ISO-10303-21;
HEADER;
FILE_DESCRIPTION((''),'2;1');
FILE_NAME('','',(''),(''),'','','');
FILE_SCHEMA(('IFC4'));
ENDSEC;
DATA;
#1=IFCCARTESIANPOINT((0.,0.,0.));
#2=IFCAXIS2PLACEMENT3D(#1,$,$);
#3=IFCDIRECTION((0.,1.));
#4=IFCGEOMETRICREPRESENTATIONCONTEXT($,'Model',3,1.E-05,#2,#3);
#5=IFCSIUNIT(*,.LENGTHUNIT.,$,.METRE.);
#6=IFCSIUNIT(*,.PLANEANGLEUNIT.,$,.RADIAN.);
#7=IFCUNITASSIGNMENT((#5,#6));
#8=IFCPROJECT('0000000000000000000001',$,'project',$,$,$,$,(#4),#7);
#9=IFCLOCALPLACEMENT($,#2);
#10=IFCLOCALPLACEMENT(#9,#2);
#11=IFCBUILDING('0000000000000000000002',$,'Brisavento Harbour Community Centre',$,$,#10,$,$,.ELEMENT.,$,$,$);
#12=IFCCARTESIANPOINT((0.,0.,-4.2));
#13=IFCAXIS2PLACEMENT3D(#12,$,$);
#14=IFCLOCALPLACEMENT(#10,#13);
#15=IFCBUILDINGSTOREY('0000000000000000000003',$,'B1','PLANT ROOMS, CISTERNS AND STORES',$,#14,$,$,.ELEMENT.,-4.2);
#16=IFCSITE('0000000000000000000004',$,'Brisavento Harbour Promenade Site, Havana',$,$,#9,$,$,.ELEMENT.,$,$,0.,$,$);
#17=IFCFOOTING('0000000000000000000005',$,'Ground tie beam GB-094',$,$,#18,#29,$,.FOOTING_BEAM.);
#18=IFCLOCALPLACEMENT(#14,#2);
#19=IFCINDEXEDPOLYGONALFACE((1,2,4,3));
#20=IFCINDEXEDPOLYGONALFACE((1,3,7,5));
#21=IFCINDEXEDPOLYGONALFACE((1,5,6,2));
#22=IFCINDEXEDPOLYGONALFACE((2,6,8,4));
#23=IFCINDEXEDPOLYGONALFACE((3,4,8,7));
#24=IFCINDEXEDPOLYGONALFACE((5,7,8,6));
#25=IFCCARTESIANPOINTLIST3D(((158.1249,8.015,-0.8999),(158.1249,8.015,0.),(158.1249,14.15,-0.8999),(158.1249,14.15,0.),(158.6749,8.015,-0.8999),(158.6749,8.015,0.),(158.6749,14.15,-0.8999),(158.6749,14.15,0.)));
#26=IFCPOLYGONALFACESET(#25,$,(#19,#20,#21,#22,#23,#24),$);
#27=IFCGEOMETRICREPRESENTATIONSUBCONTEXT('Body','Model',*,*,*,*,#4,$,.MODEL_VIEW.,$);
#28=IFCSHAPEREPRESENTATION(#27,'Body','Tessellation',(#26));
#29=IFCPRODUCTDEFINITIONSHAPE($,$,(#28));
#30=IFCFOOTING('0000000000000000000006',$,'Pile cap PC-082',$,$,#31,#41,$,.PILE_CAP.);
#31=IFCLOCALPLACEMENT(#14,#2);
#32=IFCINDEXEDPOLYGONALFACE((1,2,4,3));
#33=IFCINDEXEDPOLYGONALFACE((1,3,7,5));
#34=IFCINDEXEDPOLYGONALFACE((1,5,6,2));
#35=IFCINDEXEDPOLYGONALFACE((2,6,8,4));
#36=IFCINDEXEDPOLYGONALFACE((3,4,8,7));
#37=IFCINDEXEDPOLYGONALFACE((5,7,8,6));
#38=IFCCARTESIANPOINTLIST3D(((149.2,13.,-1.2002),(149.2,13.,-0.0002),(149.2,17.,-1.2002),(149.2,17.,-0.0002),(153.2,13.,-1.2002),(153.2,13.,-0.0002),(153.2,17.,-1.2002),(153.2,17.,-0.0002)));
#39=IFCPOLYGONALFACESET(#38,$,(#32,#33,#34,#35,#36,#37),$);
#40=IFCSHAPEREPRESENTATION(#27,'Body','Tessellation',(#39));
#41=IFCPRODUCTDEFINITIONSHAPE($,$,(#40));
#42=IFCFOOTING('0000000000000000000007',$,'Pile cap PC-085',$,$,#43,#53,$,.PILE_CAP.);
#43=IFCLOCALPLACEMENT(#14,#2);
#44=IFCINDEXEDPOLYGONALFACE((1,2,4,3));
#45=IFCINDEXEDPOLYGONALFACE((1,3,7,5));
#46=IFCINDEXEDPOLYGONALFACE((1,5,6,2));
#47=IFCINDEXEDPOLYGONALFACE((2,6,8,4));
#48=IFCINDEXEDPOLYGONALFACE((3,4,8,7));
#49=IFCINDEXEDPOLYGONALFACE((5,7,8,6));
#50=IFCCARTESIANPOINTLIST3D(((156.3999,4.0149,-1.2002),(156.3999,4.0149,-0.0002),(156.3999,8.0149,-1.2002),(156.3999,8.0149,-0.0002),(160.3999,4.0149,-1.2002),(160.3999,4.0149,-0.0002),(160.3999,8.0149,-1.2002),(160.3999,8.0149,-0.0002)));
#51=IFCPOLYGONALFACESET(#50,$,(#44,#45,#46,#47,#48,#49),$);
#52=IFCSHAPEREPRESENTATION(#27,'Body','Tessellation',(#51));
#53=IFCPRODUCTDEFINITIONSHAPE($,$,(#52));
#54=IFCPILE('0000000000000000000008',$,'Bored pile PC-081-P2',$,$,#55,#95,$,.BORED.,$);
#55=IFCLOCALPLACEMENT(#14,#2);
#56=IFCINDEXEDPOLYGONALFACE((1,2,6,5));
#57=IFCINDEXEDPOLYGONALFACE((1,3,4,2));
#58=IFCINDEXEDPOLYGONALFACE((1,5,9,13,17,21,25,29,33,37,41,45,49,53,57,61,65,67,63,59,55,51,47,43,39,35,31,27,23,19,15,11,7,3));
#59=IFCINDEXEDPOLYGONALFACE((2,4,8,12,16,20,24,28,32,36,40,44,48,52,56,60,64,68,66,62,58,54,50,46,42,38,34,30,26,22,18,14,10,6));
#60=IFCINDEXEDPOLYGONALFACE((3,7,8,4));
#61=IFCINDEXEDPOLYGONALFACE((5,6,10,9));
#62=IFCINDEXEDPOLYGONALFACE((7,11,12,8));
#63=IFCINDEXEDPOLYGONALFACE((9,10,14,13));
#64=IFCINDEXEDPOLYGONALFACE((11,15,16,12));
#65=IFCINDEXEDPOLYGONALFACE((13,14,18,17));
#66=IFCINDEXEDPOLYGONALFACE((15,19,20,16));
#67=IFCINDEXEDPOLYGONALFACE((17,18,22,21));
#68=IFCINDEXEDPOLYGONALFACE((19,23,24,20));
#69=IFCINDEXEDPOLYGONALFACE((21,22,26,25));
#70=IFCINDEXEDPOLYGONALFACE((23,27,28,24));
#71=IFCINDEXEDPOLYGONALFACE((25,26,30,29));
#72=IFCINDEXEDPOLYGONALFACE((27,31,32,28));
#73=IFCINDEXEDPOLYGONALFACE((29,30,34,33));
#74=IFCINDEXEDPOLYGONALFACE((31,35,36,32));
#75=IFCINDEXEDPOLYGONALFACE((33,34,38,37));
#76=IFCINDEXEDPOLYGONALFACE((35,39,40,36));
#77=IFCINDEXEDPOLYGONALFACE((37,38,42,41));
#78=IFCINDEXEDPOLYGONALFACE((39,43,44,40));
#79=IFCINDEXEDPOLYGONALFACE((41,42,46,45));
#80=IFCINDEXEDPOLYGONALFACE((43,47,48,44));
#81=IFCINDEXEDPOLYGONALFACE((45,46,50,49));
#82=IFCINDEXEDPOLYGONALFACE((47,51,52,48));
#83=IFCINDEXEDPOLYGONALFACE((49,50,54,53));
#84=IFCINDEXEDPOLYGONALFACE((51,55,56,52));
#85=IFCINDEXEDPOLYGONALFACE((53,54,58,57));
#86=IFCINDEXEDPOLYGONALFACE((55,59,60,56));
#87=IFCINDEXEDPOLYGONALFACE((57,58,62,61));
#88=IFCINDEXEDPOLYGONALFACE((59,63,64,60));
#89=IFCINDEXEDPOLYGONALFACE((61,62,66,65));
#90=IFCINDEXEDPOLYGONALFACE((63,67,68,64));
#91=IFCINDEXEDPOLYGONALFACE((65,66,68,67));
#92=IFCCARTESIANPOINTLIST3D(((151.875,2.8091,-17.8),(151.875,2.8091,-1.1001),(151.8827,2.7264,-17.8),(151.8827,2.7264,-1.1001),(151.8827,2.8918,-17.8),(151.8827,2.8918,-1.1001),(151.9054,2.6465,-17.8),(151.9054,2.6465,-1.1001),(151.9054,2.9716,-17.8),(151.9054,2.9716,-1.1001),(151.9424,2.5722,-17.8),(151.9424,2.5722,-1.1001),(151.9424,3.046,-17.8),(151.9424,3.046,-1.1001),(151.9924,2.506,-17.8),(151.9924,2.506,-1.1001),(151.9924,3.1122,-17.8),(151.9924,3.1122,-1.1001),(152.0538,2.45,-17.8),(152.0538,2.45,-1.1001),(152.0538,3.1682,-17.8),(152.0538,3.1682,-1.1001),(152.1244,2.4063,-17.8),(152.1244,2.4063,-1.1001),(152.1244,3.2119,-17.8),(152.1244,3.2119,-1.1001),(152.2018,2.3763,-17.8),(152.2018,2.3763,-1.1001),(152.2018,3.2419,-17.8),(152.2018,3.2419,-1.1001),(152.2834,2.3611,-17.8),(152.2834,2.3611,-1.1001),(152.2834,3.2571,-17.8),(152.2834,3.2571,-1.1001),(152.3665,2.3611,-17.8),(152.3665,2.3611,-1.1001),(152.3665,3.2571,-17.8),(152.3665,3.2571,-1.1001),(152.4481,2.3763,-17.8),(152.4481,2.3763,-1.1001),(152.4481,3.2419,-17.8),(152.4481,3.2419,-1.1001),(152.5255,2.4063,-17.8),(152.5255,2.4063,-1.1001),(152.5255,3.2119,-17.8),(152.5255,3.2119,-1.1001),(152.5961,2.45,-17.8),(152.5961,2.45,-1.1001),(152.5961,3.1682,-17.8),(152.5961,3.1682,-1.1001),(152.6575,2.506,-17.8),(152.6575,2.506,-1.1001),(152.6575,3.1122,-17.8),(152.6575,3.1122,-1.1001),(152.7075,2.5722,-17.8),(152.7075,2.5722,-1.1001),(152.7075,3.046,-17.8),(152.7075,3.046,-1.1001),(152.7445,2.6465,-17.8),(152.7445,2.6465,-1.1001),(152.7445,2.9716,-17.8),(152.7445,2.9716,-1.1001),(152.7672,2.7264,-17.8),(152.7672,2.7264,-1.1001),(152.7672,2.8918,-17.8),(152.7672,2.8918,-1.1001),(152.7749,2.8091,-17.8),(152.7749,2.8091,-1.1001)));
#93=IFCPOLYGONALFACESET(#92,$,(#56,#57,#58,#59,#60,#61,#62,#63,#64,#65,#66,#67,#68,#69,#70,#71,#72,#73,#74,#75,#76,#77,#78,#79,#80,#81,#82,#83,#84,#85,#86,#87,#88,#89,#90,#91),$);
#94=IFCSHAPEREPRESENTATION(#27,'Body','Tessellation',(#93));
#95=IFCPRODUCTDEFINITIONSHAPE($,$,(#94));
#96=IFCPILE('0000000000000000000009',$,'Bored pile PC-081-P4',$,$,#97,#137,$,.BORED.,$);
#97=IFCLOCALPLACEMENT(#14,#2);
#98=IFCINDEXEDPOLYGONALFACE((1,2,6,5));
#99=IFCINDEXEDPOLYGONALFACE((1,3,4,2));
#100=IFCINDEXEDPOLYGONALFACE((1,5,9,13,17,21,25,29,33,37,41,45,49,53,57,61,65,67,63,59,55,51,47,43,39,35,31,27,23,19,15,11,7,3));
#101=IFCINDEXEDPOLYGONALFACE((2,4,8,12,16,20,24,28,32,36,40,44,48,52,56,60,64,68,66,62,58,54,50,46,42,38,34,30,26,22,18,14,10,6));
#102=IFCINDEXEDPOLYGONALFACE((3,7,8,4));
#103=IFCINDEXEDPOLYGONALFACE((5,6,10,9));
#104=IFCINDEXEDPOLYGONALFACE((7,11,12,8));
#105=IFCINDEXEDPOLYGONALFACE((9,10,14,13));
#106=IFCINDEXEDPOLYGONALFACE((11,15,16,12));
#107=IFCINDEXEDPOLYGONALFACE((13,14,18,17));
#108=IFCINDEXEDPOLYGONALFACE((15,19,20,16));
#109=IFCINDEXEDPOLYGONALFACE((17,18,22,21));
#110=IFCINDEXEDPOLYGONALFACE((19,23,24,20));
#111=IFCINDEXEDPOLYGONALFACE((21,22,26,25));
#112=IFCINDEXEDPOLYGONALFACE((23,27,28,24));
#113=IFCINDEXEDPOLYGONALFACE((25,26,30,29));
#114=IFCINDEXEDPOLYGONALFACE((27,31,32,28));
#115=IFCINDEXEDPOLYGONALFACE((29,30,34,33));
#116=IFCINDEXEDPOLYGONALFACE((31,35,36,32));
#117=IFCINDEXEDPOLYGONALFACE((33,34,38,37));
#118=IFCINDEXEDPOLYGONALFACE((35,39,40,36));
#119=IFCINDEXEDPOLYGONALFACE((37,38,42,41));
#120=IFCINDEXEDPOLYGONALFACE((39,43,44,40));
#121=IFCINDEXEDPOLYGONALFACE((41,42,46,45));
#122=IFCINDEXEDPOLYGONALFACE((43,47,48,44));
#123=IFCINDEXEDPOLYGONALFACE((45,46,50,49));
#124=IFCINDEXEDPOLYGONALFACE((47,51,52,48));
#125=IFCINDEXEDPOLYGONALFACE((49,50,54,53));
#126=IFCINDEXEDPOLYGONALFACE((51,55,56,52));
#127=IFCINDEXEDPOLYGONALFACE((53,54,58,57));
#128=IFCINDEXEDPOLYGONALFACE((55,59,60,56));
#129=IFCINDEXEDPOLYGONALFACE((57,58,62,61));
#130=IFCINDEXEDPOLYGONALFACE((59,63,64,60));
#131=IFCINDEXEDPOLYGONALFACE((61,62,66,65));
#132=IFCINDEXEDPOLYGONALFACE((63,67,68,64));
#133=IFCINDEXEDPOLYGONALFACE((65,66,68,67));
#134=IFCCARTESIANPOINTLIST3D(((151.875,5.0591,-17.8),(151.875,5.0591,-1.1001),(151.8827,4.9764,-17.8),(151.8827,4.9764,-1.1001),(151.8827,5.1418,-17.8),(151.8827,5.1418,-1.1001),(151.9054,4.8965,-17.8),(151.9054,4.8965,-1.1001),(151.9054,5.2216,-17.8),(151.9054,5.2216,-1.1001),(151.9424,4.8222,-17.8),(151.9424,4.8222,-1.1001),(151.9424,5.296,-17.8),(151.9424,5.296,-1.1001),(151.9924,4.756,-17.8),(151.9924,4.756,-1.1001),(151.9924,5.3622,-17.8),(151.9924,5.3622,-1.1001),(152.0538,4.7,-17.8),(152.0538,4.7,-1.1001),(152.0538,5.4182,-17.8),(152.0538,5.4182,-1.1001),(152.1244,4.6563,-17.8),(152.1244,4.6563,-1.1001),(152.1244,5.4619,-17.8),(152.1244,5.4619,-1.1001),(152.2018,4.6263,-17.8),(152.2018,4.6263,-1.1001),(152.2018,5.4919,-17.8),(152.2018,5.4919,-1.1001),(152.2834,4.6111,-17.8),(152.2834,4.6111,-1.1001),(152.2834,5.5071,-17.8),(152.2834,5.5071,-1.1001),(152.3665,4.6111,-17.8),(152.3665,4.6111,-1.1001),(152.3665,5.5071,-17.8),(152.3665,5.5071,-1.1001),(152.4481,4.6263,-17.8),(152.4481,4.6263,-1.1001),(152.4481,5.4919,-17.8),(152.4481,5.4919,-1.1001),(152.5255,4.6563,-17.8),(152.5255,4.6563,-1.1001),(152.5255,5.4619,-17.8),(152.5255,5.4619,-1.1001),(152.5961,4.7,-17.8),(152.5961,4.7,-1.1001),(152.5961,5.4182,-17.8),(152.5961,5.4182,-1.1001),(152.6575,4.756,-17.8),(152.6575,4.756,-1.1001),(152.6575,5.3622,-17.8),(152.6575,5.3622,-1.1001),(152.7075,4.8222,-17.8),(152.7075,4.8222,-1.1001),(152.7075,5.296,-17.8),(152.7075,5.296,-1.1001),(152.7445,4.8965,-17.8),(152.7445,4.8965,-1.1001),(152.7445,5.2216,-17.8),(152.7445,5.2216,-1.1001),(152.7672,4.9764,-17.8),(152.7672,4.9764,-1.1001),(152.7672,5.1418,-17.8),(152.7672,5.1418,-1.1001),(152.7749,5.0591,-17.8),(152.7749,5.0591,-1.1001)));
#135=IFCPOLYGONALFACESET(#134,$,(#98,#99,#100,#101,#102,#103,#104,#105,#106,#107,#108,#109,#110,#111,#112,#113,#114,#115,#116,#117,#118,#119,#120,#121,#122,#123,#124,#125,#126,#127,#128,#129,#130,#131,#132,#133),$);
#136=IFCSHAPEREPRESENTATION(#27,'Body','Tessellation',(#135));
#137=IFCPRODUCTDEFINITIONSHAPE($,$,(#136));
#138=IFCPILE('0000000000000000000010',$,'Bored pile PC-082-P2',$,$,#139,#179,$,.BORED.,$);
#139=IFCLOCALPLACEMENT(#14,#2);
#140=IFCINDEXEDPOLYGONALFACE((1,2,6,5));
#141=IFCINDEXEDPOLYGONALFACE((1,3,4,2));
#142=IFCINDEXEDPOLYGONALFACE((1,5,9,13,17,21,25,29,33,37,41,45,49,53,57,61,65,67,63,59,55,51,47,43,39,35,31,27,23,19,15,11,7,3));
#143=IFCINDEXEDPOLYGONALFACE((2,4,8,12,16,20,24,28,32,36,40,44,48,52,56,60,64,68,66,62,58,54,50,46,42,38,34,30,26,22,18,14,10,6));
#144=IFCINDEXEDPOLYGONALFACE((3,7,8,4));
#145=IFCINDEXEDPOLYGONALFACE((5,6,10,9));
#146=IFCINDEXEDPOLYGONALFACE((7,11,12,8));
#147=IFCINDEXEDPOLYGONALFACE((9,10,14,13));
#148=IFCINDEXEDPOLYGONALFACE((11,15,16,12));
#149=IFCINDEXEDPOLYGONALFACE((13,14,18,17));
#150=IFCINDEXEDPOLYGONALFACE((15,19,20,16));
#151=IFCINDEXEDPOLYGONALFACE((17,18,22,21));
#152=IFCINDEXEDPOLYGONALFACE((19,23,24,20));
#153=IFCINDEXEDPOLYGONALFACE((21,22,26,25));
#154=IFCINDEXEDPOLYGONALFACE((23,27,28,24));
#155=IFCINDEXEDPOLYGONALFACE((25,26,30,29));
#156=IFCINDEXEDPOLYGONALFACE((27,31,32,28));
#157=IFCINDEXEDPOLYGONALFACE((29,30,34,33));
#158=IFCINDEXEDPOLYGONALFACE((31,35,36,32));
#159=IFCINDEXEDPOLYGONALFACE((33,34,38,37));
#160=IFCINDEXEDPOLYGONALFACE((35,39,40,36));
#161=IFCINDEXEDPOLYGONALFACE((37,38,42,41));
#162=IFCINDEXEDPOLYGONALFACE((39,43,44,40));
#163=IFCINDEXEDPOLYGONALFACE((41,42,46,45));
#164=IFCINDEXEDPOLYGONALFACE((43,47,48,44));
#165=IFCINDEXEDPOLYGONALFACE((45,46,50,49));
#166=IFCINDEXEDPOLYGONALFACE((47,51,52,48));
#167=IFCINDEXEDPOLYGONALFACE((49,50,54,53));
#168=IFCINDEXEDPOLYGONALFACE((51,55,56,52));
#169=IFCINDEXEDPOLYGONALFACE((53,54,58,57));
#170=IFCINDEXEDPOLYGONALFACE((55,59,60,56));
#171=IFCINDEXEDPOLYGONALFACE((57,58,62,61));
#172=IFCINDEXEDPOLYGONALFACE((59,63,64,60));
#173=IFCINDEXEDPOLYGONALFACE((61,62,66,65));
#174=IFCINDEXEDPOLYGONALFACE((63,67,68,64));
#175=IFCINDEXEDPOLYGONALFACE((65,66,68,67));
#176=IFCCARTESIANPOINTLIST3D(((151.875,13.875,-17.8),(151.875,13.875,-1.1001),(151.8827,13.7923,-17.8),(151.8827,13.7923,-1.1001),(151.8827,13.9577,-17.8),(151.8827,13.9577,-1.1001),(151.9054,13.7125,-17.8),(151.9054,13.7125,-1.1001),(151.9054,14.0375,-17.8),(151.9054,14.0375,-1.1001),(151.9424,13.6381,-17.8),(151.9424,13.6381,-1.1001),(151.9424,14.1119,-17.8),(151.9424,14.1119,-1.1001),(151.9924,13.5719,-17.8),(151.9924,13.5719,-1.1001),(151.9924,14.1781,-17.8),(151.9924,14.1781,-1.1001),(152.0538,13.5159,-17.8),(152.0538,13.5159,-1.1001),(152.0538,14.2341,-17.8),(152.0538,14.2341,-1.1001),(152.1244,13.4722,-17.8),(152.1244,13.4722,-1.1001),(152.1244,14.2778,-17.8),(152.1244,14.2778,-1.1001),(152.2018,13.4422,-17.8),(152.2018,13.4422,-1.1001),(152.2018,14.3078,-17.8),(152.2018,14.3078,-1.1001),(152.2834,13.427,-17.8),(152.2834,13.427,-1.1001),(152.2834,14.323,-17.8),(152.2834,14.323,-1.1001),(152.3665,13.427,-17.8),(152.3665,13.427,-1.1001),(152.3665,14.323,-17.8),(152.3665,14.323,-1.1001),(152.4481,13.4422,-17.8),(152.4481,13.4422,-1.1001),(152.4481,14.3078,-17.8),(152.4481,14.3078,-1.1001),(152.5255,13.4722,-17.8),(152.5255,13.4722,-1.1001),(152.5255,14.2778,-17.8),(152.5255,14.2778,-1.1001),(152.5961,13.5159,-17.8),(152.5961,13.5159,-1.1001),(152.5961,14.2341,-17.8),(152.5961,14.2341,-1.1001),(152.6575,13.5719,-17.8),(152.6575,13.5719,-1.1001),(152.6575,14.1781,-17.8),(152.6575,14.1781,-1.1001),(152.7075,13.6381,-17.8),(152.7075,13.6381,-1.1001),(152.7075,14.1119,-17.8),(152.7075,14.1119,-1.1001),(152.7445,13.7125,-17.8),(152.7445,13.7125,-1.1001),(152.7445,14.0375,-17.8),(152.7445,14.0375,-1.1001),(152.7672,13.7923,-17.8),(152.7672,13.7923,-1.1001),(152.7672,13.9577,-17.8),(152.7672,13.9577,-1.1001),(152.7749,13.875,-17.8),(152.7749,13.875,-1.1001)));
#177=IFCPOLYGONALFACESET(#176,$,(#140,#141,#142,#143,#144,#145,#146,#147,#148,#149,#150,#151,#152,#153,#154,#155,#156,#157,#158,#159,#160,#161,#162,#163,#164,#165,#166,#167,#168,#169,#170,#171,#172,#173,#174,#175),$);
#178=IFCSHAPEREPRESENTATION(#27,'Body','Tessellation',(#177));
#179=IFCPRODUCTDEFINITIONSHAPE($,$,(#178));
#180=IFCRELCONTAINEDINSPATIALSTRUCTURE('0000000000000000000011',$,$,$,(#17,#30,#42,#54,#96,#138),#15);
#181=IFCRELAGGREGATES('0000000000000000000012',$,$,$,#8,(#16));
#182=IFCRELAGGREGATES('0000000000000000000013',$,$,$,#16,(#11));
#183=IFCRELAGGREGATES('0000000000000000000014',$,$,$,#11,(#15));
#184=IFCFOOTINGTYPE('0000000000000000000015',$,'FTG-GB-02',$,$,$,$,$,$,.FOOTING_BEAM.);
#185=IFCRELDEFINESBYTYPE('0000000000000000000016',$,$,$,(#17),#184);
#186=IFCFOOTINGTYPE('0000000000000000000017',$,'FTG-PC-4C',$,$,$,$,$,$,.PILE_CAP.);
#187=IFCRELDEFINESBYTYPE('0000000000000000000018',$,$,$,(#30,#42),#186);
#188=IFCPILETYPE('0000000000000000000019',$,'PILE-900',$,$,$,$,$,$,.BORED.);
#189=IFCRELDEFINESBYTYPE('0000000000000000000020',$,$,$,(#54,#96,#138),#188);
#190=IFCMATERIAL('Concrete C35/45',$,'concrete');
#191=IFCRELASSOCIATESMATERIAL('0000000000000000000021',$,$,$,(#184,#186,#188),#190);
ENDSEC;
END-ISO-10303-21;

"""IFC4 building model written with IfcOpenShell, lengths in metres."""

from ifc_helpers import new_model, si_unit, direction, frame, origin, origin_2d, place, context, subcontext, project, spatial, rectangle, circle, extrude, material, material_profile, profile_set, type_object, element, save


model = new_model("IFC4")

# Units and contexts
model_context = context("Model", 3, precision=1e-05, world=origin(), true_north=direction((0.0, 1.0)))
body_context = subcontext(model_context, "Body", "Model", "MODEL_VIEW")
ifc_project = project(units=[si_unit("LENGTHUNIT", "METRE"), si_unit("PLANEANGLEUNIT", "RADIAN")], contexts=[model_context])

# Site, building, storey
site_placement = place(None, origin())
site = spatial("IfcSite", under=ifc_project, at=site_placement, Name="Brisavento Harbour Promenade Site, Havana", CompositionType="ELEMENT", RefElevation=0.0)
building_placement = place(site_placement, origin())
building = spatial("IfcBuilding", under=site, at=building_placement, Name="Brisavento Harbour Community Centre", CompositionType="ELEMENT")
storey_placement = place(building_placement, frame((0.0, 0.0, -4.2)))
storey = spatial("IfcBuildingStorey", under=building, at=storey_placement, Name="B1", Description="PLANT ROOMS, CISTERNS AND STORES", CompositionType="ELEMENT", Elevation=-4.2)

# Footings
ifc_material_1 = material(Name="Concrete C35/45", Category="concrete")
footing_type_1 = type_object("IfcFootingType", Name="FTG-GB-02", PredefinedType="FOOTING_BEAM", material=ifc_material_1)
footing_placement = place(storey_placement, frame((158.3999, 11.0825, -0.8999), z_axis=(0.0, 0.0, 1.0), x_axis=(1.0, 0.0, 0.0)))
element("IfcFooting", 1, at=footing_placement, inside=storey, type_object=footing_type_1, Name="Ground tie beam GB-094", PredefinedType="FOOTING_BEAM", context=body_context, shape_type="SweptSolid", body=[
    extrude(rectangle(XDim=0.55, YDim=6.135, at=origin_2d()), origin(), (0.0, 0.0, 1.0), 0.8999),
])
footing_type_2 = type_object("IfcFootingType", Name="FTG-PC-4C", PredefinedType="PILE_CAP", material=ifc_material_1)
for number, where, z_axis, x_axis, name in (
    (2, (151.2, 15.0, -1.2002), (0.0, 0.0, 1.0), (1.0, 0.0, 0.0), "Pile cap PC-082"),
    (3, (158.3999, 6.0149, -1.2002), (0.0, 0.0, 1.0), (1.0, 0.0, 0.0), "Pile cap PC-085"),
):
    element("IfcFooting", number, at=place(storey_placement, frame(where, z_axis=z_axis, x_axis=x_axis)), inside=storey, type_object=footing_type_2, Name=name, PredefinedType="PILE_CAP", context=body_context, shape_type="SweptSolid", body=[
        extrude(rectangle(XDim=4.0, YDim=4.0, at=origin_2d()), origin(), (0.0, 0.0, 1.0), 1.2),
    ])

# Piles
ifc_material_profile_1 = material_profile(ifc_material_1, circle(Radius=0.45, at=origin_2d()), Name="Concrete C35/45")
ifc_profile_set_1 = profile_set([ifc_material_profile_1], Name="Concrete C35/45")
pile_type = type_object("IfcPileType", Name="PILE-900", PredefinedType="BORED", material=ifc_profile_set_1)
for number, where, z_axis, x_axis, name in (
    (4, (152.325, 2.8091, -1.1001), (0.0, 0.0, -1.0), (1.0, 0.0, 0.0), "Bored pile PC-081-P2"),
    (5, (152.325, 5.0591, -1.1001), (0.0, 0.0, -1.0), (1.0, 0.0, 0.0), "Bored pile PC-081-P4"),
    (6, (152.325, 13.875, -1.1001), (0.0, 0.0, -1.0), (1.0, 0.0, 0.0), "Bored pile PC-082-P2"),
):
    element("IfcPile", number, at=place(storey_placement, frame(where, z_axis=z_axis, x_axis=x_axis)), inside=storey, type_object=pile_type, Name=name, PredefinedType="BORED", context=body_context, shape_type="SweptSolid", body=[
        extrude(circle(Radius=0.45, at=origin_2d()), origin(), (0.0, 0.0, 1.0), 16.7),
    ])

save(model, "model.ifc")
